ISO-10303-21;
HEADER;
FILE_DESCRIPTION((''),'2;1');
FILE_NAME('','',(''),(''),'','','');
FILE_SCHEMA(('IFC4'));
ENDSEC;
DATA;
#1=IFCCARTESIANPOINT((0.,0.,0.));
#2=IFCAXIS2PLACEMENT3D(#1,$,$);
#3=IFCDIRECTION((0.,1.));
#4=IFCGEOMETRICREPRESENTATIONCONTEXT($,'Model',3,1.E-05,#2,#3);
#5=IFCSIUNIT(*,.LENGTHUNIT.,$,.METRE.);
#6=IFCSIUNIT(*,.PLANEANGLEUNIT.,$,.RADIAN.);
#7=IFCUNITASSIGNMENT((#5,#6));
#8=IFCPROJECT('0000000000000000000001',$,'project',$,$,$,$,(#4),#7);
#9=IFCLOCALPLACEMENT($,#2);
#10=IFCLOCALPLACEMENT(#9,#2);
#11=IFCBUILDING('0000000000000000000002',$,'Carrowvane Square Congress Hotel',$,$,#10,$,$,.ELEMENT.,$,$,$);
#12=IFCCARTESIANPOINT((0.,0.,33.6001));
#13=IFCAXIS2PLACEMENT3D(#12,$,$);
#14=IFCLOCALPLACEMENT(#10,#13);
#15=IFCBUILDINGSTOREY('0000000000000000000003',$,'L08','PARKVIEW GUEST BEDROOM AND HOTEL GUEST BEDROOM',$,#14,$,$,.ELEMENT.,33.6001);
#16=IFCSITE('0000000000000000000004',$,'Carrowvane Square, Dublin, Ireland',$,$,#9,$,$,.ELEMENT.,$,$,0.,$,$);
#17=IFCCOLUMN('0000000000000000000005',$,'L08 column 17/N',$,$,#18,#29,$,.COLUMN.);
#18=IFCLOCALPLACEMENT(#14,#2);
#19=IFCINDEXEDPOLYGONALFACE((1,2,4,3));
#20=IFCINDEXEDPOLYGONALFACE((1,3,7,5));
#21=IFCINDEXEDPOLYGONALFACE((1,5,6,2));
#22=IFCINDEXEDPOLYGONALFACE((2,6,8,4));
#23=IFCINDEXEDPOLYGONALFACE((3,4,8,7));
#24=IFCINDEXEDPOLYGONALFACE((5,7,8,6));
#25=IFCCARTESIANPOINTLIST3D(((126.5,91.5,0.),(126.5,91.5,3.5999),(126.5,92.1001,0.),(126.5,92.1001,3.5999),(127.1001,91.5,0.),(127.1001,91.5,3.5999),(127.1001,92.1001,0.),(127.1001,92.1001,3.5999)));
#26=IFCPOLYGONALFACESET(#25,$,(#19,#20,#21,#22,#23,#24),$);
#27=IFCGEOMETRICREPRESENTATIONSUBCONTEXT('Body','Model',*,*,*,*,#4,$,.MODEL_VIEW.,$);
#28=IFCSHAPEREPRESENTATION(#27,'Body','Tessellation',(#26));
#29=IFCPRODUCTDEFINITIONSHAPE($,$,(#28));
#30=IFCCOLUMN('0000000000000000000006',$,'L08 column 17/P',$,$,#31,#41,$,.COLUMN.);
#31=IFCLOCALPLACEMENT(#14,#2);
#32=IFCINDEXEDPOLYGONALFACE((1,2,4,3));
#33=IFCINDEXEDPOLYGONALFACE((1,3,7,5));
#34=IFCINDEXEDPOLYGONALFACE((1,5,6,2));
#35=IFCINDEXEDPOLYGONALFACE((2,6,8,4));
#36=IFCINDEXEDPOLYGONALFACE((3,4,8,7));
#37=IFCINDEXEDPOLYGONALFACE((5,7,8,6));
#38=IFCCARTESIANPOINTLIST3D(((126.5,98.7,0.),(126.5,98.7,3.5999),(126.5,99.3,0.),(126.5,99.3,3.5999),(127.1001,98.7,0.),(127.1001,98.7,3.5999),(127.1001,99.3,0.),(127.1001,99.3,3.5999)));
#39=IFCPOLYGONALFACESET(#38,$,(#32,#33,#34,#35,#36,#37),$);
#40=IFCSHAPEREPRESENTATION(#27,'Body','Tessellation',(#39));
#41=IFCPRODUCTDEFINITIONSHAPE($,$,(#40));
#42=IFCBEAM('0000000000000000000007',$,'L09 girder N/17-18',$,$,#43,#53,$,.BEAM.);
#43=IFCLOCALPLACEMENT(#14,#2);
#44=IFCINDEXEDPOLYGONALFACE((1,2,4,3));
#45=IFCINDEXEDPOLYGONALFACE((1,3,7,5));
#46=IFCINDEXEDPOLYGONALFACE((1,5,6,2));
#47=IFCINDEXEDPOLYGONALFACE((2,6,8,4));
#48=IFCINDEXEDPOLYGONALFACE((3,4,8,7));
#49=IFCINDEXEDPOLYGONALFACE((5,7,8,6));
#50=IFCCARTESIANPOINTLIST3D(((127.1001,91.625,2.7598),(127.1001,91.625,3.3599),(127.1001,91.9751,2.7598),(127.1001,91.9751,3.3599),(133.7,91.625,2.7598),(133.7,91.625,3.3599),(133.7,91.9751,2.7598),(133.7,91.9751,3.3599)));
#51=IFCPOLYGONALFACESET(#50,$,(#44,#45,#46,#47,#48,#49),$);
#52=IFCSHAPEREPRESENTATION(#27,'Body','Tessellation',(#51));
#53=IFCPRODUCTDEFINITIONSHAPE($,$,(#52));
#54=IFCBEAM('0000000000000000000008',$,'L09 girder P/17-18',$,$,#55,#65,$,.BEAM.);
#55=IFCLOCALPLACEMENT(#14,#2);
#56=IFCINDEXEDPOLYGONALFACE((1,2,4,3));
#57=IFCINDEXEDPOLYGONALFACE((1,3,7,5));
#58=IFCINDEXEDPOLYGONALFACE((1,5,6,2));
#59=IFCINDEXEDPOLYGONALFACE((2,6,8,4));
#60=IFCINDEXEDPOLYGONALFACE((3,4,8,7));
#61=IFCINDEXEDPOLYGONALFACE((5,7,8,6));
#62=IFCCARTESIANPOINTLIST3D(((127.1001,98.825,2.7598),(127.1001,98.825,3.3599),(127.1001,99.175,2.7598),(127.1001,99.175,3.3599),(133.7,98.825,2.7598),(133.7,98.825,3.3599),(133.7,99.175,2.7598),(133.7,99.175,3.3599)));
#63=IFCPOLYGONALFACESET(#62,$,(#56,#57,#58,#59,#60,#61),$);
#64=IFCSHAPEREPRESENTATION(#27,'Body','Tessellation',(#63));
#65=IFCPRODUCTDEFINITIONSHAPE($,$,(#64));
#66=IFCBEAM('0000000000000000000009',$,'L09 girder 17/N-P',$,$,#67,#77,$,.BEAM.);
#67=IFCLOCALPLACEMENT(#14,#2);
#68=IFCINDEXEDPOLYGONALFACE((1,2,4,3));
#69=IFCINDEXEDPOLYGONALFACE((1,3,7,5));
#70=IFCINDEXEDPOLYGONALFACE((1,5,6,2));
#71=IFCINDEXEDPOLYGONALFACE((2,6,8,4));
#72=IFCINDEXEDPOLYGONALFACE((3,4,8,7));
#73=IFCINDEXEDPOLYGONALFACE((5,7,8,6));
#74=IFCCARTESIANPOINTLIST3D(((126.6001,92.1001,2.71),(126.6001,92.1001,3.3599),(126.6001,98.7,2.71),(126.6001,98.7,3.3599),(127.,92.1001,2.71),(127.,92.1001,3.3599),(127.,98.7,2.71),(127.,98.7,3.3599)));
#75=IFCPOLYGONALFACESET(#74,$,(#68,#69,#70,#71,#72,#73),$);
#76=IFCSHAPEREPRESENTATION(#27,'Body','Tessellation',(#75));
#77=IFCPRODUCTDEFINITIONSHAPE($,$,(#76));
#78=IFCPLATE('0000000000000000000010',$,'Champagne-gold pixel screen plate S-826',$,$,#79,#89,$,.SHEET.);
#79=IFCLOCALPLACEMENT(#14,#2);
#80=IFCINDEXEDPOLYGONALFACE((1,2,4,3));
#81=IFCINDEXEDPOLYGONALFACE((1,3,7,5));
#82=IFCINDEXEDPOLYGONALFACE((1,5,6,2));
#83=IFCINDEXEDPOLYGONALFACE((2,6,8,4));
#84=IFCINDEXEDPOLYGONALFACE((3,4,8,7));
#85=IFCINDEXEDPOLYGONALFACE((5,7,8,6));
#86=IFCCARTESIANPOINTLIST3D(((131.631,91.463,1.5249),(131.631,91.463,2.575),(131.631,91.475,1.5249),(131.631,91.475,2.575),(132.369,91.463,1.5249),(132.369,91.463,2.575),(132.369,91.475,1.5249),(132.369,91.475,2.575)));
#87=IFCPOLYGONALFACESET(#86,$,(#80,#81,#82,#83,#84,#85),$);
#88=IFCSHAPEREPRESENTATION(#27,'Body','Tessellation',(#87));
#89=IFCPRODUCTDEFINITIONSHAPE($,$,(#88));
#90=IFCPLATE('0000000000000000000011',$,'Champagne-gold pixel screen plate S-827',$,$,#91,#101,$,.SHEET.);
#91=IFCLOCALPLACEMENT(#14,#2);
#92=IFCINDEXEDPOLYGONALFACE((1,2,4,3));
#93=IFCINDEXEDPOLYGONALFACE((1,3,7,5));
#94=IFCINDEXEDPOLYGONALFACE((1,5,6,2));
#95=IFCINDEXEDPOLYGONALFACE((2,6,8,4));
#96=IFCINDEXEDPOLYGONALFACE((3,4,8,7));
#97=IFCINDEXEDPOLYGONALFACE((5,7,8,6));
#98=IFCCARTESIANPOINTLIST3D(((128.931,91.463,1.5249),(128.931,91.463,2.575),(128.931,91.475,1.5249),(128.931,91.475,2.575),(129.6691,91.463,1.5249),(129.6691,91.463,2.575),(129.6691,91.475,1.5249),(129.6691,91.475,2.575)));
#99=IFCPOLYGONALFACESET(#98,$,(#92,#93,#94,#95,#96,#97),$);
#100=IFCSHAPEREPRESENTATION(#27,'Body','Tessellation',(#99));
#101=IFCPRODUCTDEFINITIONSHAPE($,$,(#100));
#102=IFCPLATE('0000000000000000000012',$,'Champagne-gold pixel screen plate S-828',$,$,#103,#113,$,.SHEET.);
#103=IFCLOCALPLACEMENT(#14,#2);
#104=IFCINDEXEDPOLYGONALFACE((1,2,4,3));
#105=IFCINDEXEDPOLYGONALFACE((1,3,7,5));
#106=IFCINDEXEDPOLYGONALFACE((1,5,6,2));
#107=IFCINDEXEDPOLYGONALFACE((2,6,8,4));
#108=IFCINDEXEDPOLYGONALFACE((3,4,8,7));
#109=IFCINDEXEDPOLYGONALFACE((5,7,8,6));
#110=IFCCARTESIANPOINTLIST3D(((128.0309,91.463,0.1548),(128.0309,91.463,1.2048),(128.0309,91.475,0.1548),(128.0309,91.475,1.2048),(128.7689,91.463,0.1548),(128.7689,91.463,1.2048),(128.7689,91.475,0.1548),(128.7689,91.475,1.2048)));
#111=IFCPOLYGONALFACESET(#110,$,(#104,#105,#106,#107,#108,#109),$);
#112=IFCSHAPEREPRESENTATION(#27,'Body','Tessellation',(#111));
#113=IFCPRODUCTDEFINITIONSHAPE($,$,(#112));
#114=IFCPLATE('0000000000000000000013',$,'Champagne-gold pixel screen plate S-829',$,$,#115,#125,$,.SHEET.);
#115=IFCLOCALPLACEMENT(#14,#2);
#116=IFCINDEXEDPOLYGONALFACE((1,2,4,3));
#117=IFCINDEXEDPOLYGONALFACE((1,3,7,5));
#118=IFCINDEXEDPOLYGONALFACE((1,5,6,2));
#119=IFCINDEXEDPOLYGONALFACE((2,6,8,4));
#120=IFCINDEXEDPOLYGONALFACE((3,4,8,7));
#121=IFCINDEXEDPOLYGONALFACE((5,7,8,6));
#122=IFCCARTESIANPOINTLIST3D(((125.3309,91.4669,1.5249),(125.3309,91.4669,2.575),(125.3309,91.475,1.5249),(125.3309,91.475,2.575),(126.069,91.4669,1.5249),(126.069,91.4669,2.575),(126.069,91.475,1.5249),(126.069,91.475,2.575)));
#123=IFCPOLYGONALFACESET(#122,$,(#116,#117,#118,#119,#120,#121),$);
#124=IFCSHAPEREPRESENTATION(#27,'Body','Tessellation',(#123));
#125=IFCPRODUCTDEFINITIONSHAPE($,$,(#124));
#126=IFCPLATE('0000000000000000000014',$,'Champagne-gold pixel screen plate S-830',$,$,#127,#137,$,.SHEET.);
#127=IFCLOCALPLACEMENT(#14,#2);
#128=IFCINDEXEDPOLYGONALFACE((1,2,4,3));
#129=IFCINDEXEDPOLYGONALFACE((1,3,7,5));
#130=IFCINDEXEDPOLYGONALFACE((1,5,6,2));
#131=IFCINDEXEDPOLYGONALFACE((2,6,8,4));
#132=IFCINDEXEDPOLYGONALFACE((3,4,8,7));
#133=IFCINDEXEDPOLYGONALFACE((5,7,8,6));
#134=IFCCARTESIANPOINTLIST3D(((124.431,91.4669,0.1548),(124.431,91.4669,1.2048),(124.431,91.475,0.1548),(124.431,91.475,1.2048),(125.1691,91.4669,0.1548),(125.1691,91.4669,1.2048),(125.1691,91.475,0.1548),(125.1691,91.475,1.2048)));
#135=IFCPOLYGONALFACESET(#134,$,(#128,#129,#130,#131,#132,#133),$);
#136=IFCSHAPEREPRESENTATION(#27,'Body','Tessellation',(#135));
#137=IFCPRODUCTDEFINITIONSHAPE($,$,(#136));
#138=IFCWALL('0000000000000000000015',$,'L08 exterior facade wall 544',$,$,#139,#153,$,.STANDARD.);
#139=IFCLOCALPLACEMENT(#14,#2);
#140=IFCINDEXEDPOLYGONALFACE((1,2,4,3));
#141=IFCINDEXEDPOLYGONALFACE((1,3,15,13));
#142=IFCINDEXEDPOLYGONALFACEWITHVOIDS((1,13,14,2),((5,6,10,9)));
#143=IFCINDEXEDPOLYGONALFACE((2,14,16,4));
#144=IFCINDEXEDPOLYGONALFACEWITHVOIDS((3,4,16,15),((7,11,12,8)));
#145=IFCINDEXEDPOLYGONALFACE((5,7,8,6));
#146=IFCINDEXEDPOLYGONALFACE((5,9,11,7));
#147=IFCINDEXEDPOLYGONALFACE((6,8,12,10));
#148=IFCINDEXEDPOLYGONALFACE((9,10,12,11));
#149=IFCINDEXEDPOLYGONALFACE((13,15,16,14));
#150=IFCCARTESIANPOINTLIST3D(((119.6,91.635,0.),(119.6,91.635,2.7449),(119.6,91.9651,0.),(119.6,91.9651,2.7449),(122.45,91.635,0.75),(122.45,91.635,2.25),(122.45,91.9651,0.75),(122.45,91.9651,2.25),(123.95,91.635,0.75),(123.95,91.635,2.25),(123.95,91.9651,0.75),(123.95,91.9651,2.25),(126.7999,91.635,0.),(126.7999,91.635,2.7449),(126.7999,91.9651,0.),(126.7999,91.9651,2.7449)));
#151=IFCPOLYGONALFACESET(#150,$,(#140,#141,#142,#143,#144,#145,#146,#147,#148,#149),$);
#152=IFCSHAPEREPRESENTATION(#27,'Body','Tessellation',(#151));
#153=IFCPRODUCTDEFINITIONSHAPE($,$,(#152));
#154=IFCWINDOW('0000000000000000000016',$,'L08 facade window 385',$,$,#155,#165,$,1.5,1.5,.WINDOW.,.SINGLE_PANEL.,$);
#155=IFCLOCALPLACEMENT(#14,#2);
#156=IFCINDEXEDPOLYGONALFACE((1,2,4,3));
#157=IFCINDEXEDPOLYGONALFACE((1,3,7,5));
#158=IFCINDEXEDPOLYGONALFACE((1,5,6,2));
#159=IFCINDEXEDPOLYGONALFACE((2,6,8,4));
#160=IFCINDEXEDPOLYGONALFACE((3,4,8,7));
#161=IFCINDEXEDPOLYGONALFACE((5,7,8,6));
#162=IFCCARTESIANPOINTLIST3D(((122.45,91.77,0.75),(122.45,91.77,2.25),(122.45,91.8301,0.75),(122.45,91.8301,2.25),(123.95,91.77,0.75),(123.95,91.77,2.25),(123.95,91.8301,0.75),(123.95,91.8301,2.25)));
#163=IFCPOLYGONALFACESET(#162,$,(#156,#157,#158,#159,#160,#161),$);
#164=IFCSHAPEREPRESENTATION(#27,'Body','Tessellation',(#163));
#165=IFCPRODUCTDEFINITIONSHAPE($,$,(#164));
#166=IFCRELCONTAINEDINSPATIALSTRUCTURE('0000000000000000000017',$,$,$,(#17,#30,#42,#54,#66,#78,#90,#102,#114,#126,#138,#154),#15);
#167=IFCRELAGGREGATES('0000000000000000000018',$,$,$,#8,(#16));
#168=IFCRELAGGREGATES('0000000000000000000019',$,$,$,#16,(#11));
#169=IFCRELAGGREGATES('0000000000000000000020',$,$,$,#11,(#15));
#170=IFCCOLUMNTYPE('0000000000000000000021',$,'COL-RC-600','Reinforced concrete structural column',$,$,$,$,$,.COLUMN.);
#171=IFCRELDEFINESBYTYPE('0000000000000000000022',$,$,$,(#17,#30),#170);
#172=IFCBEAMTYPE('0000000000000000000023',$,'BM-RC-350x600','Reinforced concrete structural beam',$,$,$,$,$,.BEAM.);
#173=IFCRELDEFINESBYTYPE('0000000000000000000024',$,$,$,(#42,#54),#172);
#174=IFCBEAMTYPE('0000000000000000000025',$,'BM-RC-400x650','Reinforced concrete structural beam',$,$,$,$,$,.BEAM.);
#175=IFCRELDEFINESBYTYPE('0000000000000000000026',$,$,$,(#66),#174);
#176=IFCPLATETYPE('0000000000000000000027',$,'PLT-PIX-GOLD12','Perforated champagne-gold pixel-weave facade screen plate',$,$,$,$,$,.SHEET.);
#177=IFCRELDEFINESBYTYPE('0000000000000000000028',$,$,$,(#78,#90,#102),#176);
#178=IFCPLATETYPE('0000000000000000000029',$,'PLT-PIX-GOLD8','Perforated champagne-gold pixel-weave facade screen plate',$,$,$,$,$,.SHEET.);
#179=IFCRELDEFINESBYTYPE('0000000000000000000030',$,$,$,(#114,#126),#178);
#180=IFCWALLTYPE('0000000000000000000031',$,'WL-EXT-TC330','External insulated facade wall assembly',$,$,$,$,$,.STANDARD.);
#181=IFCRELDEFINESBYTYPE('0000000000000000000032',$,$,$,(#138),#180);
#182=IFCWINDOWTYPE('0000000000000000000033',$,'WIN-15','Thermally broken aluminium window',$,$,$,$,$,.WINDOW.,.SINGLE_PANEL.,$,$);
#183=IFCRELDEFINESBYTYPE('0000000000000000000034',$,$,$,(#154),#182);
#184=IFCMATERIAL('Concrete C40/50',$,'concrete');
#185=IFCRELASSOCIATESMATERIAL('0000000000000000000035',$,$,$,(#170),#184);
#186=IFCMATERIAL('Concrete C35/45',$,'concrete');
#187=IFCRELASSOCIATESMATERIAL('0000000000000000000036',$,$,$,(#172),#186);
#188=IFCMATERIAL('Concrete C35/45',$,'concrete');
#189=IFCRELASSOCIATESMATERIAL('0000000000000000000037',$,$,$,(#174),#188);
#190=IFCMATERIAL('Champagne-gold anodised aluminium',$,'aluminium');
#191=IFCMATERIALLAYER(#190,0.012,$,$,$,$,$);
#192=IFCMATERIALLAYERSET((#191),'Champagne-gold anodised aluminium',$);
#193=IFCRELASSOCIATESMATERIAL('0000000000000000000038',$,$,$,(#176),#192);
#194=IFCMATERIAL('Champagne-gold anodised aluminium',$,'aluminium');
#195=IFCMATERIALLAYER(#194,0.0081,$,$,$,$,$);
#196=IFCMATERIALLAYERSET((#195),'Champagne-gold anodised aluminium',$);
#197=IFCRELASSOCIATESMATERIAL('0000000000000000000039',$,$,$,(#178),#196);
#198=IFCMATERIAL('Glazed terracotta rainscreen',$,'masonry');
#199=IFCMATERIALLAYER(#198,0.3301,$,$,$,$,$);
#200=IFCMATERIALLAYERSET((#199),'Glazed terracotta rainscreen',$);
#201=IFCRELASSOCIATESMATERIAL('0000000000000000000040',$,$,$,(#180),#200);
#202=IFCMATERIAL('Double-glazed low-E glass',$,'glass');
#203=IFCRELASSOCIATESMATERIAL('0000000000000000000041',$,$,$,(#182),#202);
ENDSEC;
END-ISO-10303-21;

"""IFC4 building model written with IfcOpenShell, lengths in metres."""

from ifc_helpers import new_model, si_unit, direction, frame, frame_2d, origin, origin_2d, place, context, subcontext, project, spatial, rectangle, extrude, material, layer, layer_set, material_profile, profile_set, type_object, element, fill, save


model = new_model("IFC4")

# Units and contexts
model_context = context("Model", 3, precision=1e-05, world=origin(), true_north=direction((0.0, 1.0)))
body_context = subcontext(model_context, "Body", "Model", "MODEL_VIEW")
ifc_project = project(units=[si_unit("LENGTHUNIT", "METRE"), si_unit("PLANEANGLEUNIT", "RADIAN")], contexts=[model_context])

# Site, building, storey
site_placement = place(None, origin())
site = spatial("IfcSite", under=ifc_project, at=site_placement, Name="Carrowvane Square, Dublin, Ireland", CompositionType="ELEMENT", RefElevation=0.0)
building_placement = place(site_placement, origin())
building = spatial("IfcBuilding", under=site, at=building_placement, Name="Carrowvane Square Congress Hotel", CompositionType="ELEMENT")
storey_placement = place(building_placement, frame((0.0, 0.0, 33.6001)))
storey = spatial("IfcBuildingStorey", under=building, at=storey_placement, Name="L08", Description="PARKVIEW GUEST BEDROOM AND HOTEL GUEST BEDROOM", CompositionType="ELEMENT", Elevation=33.6001)

# Columns
ifc_material_1 = material(Name="Concrete C40/50", Category="concrete")
ifc_material_profile_1 = material_profile(ifc_material_1, rectangle(XDim=0.6001, YDim=0.6001, at=origin_2d()), Name="RC 600x600")
ifc_profile_set_1 = profile_set([ifc_material_profile_1], Name="Concrete C40/50")
column_type = type_object("IfcColumnType", Name="COL-RC-600", Description="Reinforced concrete structural column", PredefinedType="COLUMN", material=ifc_profile_set_1)
for number, where, z_axis, x_axis, name in (
    (1, (126.8, 91.8, 0.0), (0.0, 0.0, 1.0), (1.0, 0.0, 0.0), "L08 column 17/N"),
    (2, (126.8, 99.0, 0.0), (0.0, 0.0, 1.0), (1.0, 0.0, 0.0), "L08 column 17/P"),
):
    element("IfcColumn", number, at=place(storey_placement, frame(where, z_axis=z_axis, x_axis=x_axis)), inside=storey, type_object=column_type, Name=name, PredefinedType="COLUMN", context=body_context, shape_type="SweptSolid", body=[
        extrude(rectangle(XDim=0.6001, YDim=0.6001, at=origin_2d()), origin(), (0.0, 0.0, 1.0), 3.5999),
    ])

# Beams
ifc_material_2 = material(Name="Concrete C35/45", Category="concrete")
ifc_material_profile_2 = material_profile(ifc_material_2, rectangle(XDim=0.3501, YDim=0.6001, at=origin_2d()), Name="RC 350x600")
ifc_profile_set_2 = profile_set([ifc_material_profile_2], Name="Concrete C35/45")
beam_type_1 = type_object("IfcBeamType", Name="BM-RC-350x600", Description="Reinforced concrete structural beam", PredefinedType="BEAM", material=ifc_profile_set_2)
for number, where, z_axis, x_axis, name in (
    (3, (127.1001, 91.8, 3.0598), (1.0, 0.0, 0.0), (0.0, 1.0, 0.0), "L09 girder N/17-18"),
    (4, (127.1001, 99.0, 3.0598), (1.0, 0.0, 0.0), (0.0, 1.0, 0.0), "L09 girder P/17-18"),
):
    element("IfcBeam", number, at=place(storey_placement, frame(where, z_axis=z_axis, x_axis=x_axis)), inside=storey, type_object=beam_type_1, Name=name, PredefinedType="BEAM", context=body_context, shape_type="SweptSolid", body=[
        extrude(rectangle(XDim=0.3501, YDim=0.6001, at=origin_2d()), origin(), (0.0, 0.0, 1.0), 6.5999),
    ])
ifc_material_3 = material(Name="Concrete C35/45", Category="concrete")
ifc_material_profile_3 = material_profile(ifc_material_3, rectangle(XDim=0.3999, YDim=0.6499, at=origin_2d()), Name="RC 400x650")
ifc_profile_set_3 = profile_set([ifc_material_profile_3], Name="Concrete C35/45")
beam_type_2 = type_object("IfcBeamType", Name="BM-RC-400x650", Description="Reinforced concrete structural beam", PredefinedType="BEAM", material=ifc_profile_set_3)
beam_placement = place(storey_placement, frame((126.8, 92.1001, 3.0349), z_axis=(0.0, 1.0, 0.0), x_axis=(-1.0, 0.0, 0.0)))
element("IfcBeam", 5, at=beam_placement, inside=storey, type_object=beam_type_2, Name="L09 girder 17/N-P", PredefinedType="BEAM", context=body_context, shape_type="SweptSolid", body=[
    extrude(rectangle(XDim=0.3999, YDim=0.6499, at=origin_2d()), origin(), (0.0, 0.0, 1.0), 6.5999),
])

# Plates
ifc_material_4 = material(Name="Champagne-gold anodised aluminium", Category="aluminium")
ifc_layer_1 = layer(ifc_material_4, 0.012)
ifc_layer_set_1 = layer_set([ifc_layer_1], Name="Champagne-gold anodised aluminium")
plate_type_1 = type_object("IfcPlateType", Name="PLT-PIX-GOLD12", Description="Perforated champagne-gold pixel-weave facade screen plate", PredefinedType="SHEET", material=ifc_layer_set_1)
for number, where, z_axis, x_axis, name in (
    (6, (132.0, 91.469, 1.5249), (0.0, 0.0, 1.0), (-1.0, 0.0, 0.0), "Champagne-gold pixel screen plate S-826"),
    (7, (129.3, 91.469, 1.5249), (0.0, 0.0, 1.0), (-1.0, 0.0, 0.0), "Champagne-gold pixel screen plate S-827"),
    (8, (128.3999, 91.469, 0.1548), (0.0, 0.0, 1.0), (-1.0, 0.0, 0.0), "Champagne-gold pixel screen plate S-828"),
):
    element("IfcPlate", number, at=place(storey_placement, frame(where, z_axis=z_axis, x_axis=x_axis)), inside=storey, type_object=plate_type_1, Name=name, PredefinedType="SHEET", context=body_context, shape_type="SweptSolid", body=[
        extrude(rectangle(XDim=0.738, YDim=0.012, at=origin_2d()), origin(), (0.0, 0.0, 1.0), 1.05),
    ])
ifc_material_5 = material(Name="Champagne-gold anodised aluminium", Category="aluminium")
ifc_layer_2 = layer(ifc_material_5, 0.0081)
ifc_layer_set_2 = layer_set([ifc_layer_2], Name="Champagne-gold anodised aluminium")
plate_type_2 = type_object("IfcPlateType", Name="PLT-PIX-GOLD8", Description="Perforated champagne-gold pixel-weave facade screen plate", PredefinedType="SHEET", material=ifc_layer_set_2)
for number, where, z_axis, x_axis, name in (
    (9, (125.7, 91.4709, 1.5249), (0.0, 0.0, 1.0), (-1.0, 0.0, 0.0), "Champagne-gold pixel screen plate S-829"),
    (10, (124.8, 91.4709, 0.1548), (0.0, 0.0, 1.0), (-1.0, 0.0, 0.0), "Champagne-gold pixel screen plate S-830"),
):
    element("IfcPlate", number, at=place(storey_placement, frame(where, z_axis=z_axis, x_axis=x_axis)), inside=storey, type_object=plate_type_2, Name=name, PredefinedType="SHEET", context=body_context, shape_type="SweptSolid", body=[
        extrude(rectangle(XDim=0.738, YDim=0.0081, at=origin_2d()), origin(), (0.0, 0.0, 1.0), 1.05),
    ])

# Wall, opening, window
ifc_material_6 = material(Name="Glazed terracotta rainscreen", Category="masonry")
ifc_layer_3 = layer(ifc_material_6, 0.3301)
ifc_layer_set_3 = layer_set([ifc_layer_3], Name="Glazed terracotta rainscreen")
wall_type_1 = type_object("IfcWallType", Name="WL-EXT-TC330", Description="External insulated facade wall assembly", PredefinedType="STANDARD", material=ifc_layer_set_3)
wall_1_placement = place(storey_placement, frame((126.8, 91.8, 0.0), z_axis=(0.0, 0.0, 1.0), x_axis=(-1.0, 0.0, 0.0)))
wall_1 = element("IfcWall", 11, at=wall_1_placement, inside=storey, type_object=wall_type_1, Name="L08 exterior facade wall 544", PredefinedType="STANDARD", context=body_context, shape_type="SweptSolid", body=[
    extrude(rectangle(XDim=7.2, YDim=0.3301, at=frame_2d((3.6001, 0.0))), origin(), (0.0, 0.0, 1.0), 2.7449),
])
opening_1_placement = place(wall_1_placement, frame((2.8501, 0.0, 0.75)))
opening_1 = element("IfcOpeningElement", 12, at=opening_1_placement, cuts=wall_1, PredefinedType="OPENING", context=body_context, shape_type="SweptSolid", body=[
    extrude(rectangle(XDim=1.5, YDim=1.5, at=frame_2d((0.75, 0.75))), frame((0.0, 0.175, 0.0), z_axis=(0.0, -1.0, 0.0), x_axis=(1.0, 0.0, 0.0)), (0.0, 0.0, 1.0), 0.3501),
])
ifc_material_7 = material(Name="Double-glazed low-E glass", Category="glass")
window_type = type_object("IfcWindowType", Name="WIN-15", Description="Thermally broken aluminium window", PartitioningType="SINGLE_PANEL", PredefinedType="WINDOW", material=ifc_material_7)
window_placement = place(opening_1_placement, origin())
window = element("IfcWindow", 13, at=window_placement, inside=storey, type_object=window_type, Name="L08 facade window 385", OverallHeight=1.5, OverallWidth=1.5, PartitioningType="SINGLE_PANEL", PredefinedType="WINDOW", context=body_context, shape_type="SweptSolid", body=[
    extrude(rectangle(XDim=1.5, YDim=1.5, at=frame_2d((0.75, 0.75))), frame((0.0, 0.03, 0.0), z_axis=(0.0, -1.0, 0.0), x_axis=(1.0, 0.0, 0.0)), (0.0, 0.0, 1.0), 0.0601),
])
fill(opening_1, window)

save(model, "model.ifc")
